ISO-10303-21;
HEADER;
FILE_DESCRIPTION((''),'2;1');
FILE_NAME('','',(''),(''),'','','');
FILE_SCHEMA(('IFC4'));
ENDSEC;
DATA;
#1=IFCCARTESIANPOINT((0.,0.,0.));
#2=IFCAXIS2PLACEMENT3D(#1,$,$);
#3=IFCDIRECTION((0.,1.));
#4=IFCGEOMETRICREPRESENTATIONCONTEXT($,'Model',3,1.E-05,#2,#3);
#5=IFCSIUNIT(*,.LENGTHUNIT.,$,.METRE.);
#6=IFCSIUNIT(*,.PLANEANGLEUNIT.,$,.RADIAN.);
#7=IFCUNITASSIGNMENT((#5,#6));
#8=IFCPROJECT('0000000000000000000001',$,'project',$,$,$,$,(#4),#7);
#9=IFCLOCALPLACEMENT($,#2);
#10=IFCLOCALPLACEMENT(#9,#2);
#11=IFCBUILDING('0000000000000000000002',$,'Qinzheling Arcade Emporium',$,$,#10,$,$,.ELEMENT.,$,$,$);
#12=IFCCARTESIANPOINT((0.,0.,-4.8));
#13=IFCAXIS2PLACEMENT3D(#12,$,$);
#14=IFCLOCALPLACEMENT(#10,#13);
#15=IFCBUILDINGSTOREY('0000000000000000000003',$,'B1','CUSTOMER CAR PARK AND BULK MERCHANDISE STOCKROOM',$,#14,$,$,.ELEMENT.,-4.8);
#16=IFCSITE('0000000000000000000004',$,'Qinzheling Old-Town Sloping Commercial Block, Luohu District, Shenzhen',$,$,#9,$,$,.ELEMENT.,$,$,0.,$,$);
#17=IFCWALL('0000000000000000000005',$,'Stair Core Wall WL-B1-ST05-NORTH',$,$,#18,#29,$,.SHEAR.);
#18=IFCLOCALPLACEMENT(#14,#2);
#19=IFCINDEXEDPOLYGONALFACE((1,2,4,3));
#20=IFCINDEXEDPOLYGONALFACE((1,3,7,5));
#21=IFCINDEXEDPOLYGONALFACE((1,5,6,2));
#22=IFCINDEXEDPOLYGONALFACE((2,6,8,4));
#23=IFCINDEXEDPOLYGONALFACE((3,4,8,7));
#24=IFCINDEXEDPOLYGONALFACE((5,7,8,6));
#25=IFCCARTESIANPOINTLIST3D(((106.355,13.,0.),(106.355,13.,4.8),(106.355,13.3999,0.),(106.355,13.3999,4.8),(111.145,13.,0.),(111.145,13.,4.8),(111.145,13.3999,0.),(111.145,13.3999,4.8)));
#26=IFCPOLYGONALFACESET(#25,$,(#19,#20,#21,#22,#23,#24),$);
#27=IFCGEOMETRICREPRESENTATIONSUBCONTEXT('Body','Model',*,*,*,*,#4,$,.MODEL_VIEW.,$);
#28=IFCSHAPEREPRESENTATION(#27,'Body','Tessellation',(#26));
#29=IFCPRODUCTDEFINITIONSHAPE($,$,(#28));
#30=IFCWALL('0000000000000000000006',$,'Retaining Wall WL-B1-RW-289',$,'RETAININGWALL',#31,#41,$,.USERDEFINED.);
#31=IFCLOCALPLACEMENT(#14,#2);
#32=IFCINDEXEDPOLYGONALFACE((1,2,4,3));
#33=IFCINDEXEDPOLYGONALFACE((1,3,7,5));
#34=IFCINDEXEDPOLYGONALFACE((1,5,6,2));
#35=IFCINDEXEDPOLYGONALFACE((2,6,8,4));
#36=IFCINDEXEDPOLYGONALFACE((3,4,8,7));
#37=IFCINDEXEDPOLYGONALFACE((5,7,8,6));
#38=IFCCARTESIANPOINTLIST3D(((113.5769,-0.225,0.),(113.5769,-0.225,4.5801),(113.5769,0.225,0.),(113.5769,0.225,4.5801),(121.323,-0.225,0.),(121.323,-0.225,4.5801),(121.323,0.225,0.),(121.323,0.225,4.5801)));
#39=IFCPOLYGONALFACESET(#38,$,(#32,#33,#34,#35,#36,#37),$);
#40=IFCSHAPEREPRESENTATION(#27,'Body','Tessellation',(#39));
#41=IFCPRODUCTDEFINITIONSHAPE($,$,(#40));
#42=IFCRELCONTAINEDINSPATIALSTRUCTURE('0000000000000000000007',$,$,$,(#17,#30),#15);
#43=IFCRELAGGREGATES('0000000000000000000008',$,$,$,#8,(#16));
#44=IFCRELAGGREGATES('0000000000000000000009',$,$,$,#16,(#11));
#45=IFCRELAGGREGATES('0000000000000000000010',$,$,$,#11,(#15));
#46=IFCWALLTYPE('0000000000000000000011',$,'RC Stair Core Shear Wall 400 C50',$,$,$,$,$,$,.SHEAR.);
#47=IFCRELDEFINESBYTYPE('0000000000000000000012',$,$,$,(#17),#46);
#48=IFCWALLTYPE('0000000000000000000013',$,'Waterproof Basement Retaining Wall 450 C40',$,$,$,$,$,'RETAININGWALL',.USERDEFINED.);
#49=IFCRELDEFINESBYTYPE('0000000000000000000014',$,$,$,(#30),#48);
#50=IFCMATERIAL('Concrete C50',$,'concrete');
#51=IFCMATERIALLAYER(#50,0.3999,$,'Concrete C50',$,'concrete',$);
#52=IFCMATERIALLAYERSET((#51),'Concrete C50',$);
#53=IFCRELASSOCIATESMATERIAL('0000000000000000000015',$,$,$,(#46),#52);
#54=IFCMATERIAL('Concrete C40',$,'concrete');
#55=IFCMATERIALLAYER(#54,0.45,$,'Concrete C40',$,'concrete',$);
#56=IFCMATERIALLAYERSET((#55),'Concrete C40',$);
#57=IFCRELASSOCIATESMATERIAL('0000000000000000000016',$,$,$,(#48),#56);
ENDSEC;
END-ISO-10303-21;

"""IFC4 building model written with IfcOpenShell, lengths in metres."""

from ifc_helpers import new_model, si_unit, direction, frame, frame_2d, origin, place, context, subcontext, project, spatial, rectangle, extrude, material, layer, layer_set, type_object, element, save


model = new_model("IFC4")

# Units and contexts
model_context = context("Model", 3, precision=1e-05, world=origin(), true_north=direction((0.0, 1.0)))
body_context = subcontext(model_context, "Body", "Model", "MODEL_VIEW")
ifc_project = project(units=[si_unit("LENGTHUNIT", "METRE"), si_unit("PLANEANGLEUNIT", "RADIAN")], contexts=[model_context])

# Site, building, storey
site_placement = place(None, origin())
site = spatial("IfcSite", under=ifc_project, at=site_placement, Name="Qinzheling Old-Town Sloping Commercial Block, Luohu District, Shenzhen", CompositionType="ELEMENT", RefElevation=0.0)
building_placement = place(site_placement, origin())
building = spatial("IfcBuilding", under=site, at=building_placement, Name="Qinzheling Arcade Emporium", CompositionType="ELEMENT")
storey_placement = place(building_placement, frame((0.0, 0.0, -4.8)))
storey = spatial("IfcBuildingStorey", under=building, at=storey_placement, Name="B1", Description="CUSTOMER CAR PARK AND BULK MERCHANDISE STOCKROOM", CompositionType="ELEMENT", Elevation=-4.8)

# Shared definitions
ifc_material_1 = material(Name="Concrete C50", Category="concrete")

# Shared definitions
ifc_material_2 = material(Name="Concrete C40", Category="concrete")

# Walls
ifc_layer_1 = layer(ifc_material_1, 0.3999, Name="Concrete C50", Category="concrete")
ifc_layer_set_1 = layer_set([ifc_layer_1], Name="Concrete C50")
wall_type_1 = type_object("IfcWallType", Name="RC Stair Core Shear Wall 400 C50", PredefinedType="SHEAR", material=ifc_layer_set_1)
for number, where, z_axis, x_axis, name in (
    (1, (106.355, 13.2, 0.0), (0.0, 0.0, 1.0), (1.0, 0.0, 0.0), "Stair Core Wall WL-B1-ST05-NORTH"),
):
    element("IfcWall", number, at=place(storey_placement, frame(where, z_axis=z_axis, x_axis=x_axis)), inside=storey, type_object=wall_type_1, Name=name, PredefinedType="SHEAR", context=body_context, shape_type="SweptSolid", body=[
        extrude(rectangle(XDim=4.79, YDim=0.3999, at=frame_2d((2.395, 0.0))), origin(), (0.0, 0.0, 1.0), 4.8),
    ])
ifc_layer_2 = layer(ifc_material_2, 0.45, Name="Concrete C40", Category="concrete")
ifc_layer_set_2 = layer_set([ifc_layer_2], Name="Concrete C40")
wall_type_2 = type_object("IfcWallType", Name="Waterproof Basement Retaining Wall 450 C40", ElementType="RETAININGWALL", PredefinedType="USERDEFINED", material=ifc_layer_set_2)
wall_1_placement = place(storey_placement, frame((121.323, 0.0, 0.0), z_axis=(0.0, 0.0, 1.0), x_axis=(-1.0, 0.0, 0.0)))
element("IfcWall", 2, at=wall_1_placement, inside=storey, type_object=wall_type_2, Name="Retaining Wall WL-B1-RW-289", ObjectType="RETAININGWALL", PredefinedType="USERDEFINED", context=body_context, shape_type="SweptSolid", body=[
    extrude(rectangle(XDim=7.7461, YDim=0.45, at=frame_2d((3.873, 0.0))), origin(), (0.0, 0.0, 1.0), 4.5801),
])

save(model, "model.ifc")
